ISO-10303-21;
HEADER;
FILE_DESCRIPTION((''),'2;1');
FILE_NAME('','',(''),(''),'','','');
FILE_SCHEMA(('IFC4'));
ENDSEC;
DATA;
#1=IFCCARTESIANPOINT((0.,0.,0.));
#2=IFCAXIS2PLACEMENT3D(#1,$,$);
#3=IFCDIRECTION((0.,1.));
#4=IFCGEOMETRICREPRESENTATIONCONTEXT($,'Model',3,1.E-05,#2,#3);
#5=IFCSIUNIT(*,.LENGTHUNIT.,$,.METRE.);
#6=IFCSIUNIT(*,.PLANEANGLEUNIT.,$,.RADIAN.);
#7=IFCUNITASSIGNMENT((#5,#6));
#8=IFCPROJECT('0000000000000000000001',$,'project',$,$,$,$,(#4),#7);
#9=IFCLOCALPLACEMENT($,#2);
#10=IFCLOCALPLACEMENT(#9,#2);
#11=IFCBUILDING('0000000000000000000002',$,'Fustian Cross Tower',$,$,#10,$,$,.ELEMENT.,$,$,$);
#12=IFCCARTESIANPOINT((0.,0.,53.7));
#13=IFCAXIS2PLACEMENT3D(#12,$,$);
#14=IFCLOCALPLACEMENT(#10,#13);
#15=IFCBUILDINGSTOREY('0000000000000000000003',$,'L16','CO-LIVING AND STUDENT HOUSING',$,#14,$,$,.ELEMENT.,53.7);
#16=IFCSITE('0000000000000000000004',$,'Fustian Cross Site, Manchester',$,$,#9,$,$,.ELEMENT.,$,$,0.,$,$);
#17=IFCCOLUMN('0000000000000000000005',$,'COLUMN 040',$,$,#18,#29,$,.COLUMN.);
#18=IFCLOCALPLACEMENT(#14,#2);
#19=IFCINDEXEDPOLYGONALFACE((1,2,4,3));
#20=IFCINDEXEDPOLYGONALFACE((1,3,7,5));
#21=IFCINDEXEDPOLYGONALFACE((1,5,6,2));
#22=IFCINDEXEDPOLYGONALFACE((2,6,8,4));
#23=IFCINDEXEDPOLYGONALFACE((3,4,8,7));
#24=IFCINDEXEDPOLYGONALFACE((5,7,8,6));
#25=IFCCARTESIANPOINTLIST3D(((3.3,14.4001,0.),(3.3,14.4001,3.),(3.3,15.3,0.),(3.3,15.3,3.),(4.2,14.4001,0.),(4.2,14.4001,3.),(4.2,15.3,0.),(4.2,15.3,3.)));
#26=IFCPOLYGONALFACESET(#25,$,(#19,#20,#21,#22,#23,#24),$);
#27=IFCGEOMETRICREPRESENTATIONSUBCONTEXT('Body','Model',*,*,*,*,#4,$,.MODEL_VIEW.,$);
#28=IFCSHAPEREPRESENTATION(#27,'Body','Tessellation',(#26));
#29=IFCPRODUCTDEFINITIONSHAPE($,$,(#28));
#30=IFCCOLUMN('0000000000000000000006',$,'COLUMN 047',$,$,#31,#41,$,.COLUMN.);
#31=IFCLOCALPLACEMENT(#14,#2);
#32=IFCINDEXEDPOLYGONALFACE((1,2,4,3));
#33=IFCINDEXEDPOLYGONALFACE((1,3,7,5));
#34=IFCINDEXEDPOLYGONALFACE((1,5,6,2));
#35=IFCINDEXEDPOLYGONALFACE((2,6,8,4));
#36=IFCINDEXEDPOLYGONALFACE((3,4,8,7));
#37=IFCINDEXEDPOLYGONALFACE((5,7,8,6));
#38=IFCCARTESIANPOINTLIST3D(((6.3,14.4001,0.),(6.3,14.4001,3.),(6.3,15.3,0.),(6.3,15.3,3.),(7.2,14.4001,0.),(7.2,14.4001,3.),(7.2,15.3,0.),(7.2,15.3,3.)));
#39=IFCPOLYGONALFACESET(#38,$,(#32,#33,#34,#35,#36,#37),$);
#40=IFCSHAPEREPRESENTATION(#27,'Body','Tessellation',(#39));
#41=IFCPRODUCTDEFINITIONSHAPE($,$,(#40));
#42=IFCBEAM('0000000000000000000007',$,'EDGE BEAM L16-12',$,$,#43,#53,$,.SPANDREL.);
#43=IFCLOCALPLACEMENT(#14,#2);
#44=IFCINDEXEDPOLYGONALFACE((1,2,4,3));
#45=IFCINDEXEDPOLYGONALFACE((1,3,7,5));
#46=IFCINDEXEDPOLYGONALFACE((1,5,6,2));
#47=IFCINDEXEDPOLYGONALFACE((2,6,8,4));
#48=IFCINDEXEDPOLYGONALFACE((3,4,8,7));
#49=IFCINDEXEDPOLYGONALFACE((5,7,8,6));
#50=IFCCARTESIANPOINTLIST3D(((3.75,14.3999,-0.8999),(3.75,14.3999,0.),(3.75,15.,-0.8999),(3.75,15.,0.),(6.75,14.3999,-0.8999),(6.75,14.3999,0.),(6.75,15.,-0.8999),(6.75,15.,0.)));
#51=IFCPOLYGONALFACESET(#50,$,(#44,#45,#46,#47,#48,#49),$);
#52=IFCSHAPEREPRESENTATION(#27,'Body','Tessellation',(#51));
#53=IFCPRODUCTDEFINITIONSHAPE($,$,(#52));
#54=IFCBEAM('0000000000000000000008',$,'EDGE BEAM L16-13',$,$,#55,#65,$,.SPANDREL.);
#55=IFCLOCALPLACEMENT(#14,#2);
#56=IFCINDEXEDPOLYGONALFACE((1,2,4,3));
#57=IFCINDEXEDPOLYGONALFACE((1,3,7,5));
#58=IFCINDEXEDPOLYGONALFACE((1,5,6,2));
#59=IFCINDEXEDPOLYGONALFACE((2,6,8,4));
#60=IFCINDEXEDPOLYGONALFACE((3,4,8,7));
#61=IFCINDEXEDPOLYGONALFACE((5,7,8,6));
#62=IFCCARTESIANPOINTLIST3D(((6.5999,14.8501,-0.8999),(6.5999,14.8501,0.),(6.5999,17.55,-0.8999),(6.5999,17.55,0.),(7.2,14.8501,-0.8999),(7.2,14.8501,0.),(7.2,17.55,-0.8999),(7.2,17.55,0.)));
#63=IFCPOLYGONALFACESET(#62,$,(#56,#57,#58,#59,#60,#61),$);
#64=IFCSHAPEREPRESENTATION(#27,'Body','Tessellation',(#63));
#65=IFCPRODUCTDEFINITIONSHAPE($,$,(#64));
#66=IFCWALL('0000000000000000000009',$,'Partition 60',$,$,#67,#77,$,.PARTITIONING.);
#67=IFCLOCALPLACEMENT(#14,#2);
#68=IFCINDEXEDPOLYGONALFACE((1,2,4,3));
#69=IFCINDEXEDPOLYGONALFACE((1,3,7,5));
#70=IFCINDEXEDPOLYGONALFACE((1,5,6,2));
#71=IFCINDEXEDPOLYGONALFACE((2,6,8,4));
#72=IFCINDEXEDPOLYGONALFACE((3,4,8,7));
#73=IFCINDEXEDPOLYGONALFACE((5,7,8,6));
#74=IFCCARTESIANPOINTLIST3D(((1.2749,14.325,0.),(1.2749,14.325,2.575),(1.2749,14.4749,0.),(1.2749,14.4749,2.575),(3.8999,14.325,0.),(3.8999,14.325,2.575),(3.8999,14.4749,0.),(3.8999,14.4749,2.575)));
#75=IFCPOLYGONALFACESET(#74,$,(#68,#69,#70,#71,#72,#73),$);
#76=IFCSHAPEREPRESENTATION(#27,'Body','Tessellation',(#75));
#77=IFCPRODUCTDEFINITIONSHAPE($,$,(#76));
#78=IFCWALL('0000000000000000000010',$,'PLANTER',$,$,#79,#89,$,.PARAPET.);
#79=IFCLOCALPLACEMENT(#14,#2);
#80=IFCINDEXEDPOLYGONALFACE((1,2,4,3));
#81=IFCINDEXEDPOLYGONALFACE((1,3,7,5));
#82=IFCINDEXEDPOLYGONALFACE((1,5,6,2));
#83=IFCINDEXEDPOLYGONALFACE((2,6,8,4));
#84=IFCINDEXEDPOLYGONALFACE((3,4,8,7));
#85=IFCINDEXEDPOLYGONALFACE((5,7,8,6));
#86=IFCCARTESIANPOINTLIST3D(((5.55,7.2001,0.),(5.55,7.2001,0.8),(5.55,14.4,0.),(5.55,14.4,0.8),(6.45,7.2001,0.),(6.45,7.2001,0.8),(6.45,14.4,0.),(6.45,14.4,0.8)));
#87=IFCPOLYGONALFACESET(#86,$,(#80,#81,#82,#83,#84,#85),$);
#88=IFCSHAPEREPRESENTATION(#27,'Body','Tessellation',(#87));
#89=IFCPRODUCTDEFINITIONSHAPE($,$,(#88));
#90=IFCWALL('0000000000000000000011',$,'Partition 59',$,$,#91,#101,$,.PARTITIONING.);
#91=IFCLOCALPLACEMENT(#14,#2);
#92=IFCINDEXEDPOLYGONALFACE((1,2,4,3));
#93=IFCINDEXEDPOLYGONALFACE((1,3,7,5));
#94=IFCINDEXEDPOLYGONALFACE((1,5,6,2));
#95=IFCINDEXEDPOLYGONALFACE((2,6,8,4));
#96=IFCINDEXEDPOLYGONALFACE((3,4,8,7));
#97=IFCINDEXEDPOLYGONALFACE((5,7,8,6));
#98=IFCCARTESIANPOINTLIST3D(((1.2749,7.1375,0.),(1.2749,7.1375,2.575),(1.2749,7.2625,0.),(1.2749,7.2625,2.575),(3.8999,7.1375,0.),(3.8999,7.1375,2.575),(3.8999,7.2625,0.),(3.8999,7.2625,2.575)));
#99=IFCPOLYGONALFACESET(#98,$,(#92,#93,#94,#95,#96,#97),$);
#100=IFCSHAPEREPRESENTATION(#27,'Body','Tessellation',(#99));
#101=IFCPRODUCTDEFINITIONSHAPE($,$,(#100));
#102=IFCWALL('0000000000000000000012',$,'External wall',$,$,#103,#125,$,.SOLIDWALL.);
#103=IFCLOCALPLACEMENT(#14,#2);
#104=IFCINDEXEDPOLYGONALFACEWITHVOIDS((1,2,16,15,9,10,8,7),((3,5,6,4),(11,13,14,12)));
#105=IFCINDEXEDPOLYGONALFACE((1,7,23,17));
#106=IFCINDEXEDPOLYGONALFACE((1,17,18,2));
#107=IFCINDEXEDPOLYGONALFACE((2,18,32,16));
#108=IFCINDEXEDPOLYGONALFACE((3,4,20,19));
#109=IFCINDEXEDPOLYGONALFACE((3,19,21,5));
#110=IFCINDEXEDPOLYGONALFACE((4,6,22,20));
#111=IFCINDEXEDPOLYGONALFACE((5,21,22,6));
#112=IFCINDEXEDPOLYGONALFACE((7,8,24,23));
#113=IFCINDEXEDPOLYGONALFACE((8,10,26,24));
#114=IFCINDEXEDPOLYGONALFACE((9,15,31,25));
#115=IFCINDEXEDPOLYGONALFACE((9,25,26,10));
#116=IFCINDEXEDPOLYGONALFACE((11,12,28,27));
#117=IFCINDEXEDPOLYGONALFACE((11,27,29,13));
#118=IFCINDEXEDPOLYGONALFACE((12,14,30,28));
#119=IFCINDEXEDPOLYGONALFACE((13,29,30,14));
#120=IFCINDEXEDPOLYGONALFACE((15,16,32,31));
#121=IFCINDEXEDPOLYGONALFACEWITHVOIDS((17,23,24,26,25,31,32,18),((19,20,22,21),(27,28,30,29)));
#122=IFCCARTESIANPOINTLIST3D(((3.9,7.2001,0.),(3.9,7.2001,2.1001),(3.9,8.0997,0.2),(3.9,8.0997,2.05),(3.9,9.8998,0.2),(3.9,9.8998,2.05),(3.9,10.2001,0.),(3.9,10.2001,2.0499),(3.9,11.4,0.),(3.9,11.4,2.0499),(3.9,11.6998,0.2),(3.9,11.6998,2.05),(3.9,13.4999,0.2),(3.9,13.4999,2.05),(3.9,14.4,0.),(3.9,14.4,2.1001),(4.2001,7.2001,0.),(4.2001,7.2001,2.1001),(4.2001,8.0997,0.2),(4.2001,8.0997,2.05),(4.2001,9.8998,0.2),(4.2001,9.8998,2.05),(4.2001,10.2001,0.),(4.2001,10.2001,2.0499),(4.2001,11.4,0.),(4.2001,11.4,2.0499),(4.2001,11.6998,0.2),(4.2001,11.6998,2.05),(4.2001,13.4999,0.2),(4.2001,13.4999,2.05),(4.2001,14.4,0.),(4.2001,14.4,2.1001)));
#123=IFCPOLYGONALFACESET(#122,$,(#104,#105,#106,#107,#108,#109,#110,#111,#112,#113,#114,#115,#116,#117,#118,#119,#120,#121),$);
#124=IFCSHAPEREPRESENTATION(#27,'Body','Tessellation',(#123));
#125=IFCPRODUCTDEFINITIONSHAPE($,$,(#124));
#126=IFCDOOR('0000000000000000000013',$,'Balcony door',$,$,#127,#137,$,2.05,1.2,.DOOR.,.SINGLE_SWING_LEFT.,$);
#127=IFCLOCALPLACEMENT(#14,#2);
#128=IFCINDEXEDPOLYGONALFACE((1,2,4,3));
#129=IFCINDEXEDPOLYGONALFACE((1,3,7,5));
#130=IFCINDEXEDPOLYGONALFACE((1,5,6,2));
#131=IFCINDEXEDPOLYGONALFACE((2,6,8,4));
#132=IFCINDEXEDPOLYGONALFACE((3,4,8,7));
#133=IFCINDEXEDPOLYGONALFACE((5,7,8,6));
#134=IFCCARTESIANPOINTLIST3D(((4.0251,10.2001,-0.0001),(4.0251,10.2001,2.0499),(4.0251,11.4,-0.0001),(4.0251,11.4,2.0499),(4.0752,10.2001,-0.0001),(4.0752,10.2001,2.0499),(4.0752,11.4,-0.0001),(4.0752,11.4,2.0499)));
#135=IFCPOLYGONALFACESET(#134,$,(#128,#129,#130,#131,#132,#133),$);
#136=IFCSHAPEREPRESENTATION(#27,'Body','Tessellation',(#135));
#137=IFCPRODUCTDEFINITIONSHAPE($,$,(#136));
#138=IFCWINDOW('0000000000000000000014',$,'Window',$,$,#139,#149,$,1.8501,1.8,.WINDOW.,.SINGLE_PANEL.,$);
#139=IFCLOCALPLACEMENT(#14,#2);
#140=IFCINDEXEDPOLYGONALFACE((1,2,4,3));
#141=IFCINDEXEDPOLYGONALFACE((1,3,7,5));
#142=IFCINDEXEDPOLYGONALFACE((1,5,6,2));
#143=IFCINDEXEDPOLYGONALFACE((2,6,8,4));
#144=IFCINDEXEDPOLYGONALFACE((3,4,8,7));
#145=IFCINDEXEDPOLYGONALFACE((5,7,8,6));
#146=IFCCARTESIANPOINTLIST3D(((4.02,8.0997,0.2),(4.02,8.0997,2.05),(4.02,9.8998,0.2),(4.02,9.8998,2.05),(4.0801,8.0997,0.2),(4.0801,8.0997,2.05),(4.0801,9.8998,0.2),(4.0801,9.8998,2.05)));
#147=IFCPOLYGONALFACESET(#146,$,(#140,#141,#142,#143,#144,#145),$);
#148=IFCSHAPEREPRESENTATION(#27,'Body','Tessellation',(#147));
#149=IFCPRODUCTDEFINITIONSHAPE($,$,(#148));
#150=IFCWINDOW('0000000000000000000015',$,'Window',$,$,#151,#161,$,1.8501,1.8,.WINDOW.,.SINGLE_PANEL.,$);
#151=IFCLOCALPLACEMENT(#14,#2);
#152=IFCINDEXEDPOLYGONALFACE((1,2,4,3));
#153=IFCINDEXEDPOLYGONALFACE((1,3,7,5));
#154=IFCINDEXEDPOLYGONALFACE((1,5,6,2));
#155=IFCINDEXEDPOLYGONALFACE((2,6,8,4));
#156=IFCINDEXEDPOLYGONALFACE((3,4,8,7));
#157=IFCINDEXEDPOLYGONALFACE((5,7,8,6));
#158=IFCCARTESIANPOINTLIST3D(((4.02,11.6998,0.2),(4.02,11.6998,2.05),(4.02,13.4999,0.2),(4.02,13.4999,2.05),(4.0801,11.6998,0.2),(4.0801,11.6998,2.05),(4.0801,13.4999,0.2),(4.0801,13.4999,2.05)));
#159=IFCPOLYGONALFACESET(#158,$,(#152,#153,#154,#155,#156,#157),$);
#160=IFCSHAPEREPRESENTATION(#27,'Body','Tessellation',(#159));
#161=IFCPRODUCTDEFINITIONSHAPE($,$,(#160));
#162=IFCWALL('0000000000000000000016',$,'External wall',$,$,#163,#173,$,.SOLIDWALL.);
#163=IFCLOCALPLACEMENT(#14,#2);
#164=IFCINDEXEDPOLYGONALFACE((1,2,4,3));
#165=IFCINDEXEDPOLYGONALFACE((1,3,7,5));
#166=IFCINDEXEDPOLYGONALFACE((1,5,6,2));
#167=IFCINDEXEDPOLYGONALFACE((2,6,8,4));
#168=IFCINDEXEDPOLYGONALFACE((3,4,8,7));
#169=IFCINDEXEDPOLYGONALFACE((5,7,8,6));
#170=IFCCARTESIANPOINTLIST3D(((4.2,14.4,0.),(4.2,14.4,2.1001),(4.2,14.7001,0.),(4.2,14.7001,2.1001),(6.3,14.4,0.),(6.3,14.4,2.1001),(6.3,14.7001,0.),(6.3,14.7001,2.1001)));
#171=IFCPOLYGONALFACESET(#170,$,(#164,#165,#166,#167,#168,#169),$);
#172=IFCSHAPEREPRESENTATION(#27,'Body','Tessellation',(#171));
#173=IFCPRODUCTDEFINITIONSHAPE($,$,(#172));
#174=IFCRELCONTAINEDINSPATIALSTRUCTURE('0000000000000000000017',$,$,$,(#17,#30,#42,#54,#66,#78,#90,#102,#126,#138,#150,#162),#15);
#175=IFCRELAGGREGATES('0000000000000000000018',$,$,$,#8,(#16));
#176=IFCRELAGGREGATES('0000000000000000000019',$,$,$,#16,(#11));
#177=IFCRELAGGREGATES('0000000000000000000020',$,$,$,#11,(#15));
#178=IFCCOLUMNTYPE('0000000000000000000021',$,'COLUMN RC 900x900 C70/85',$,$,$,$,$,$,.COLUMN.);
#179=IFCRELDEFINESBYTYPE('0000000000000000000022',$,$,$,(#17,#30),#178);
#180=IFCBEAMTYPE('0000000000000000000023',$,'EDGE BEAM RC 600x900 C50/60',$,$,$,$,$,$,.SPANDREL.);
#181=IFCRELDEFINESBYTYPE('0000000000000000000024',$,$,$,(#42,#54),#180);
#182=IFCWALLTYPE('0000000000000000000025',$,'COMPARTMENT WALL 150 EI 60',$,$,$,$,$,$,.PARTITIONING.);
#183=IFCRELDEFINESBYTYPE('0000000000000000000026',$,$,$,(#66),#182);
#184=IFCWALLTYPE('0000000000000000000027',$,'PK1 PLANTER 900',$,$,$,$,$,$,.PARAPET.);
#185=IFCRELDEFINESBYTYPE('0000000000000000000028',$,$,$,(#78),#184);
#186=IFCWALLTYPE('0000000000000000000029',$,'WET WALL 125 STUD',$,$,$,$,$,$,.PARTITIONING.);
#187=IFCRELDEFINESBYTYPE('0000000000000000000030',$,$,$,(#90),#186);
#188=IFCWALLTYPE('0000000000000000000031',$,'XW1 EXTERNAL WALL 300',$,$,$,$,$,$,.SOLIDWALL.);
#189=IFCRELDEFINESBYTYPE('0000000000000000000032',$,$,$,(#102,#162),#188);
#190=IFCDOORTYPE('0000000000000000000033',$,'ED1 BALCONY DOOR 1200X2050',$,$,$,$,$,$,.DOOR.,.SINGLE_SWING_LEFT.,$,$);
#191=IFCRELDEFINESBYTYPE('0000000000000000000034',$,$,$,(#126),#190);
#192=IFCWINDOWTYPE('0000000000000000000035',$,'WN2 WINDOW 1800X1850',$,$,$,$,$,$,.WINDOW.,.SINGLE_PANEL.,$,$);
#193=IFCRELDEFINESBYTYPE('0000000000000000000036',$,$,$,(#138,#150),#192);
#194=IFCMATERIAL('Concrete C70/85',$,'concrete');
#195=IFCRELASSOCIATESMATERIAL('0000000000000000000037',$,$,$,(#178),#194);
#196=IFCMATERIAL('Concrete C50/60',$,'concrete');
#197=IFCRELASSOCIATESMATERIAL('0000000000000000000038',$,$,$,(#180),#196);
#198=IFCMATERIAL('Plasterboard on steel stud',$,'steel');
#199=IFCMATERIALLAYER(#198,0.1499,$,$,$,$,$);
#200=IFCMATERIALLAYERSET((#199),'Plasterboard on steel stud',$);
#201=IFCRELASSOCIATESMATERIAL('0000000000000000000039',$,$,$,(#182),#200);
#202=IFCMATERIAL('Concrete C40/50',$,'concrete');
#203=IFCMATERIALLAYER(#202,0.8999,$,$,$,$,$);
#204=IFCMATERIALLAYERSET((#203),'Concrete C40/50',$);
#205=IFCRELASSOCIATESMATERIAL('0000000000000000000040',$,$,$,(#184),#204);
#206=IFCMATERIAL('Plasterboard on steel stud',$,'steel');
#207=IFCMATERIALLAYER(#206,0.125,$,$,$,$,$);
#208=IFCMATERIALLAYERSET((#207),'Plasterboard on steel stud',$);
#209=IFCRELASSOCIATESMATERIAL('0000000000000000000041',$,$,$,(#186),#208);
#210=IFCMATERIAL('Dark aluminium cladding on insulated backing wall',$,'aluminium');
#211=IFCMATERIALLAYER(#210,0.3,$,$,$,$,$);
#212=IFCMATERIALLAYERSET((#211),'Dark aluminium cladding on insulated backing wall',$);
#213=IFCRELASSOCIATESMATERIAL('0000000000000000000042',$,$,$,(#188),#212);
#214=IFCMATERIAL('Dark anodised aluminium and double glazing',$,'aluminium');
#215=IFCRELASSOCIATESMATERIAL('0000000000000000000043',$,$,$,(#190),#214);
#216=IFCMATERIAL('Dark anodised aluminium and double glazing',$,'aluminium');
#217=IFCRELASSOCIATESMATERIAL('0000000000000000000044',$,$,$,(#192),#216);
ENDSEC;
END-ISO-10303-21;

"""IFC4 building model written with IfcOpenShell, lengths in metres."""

from ifc_helpers import new_model, si_unit, direction, frame, frame_2d, origin, origin_2d, place, context, subcontext, project, spatial, rectangle, extrude, material, layer, layer_set, material_profile, profile_set, type_object, element, fill, save


model = new_model("IFC4")

# Units and contexts
model_context = context("Model", 3, precision=1e-05, world=origin(), true_north=direction((0.0, 1.0)))
body_context = subcontext(model_context, "Body", "Model", "MODEL_VIEW")
ifc_project = project(units=[si_unit("LENGTHUNIT", "METRE"), si_unit("PLANEANGLEUNIT", "RADIAN")], contexts=[model_context])

# Site, building, storey
site_placement = place(None, origin())
site = spatial("IfcSite", under=ifc_project, at=site_placement, Name="Fustian Cross Site, Manchester", CompositionType="ELEMENT", RefElevation=0.0)
building_placement = place(site_placement, origin())
building = spatial("IfcBuilding", under=site, at=building_placement, Name="Fustian Cross Tower", CompositionType="ELEMENT")
storey_placement = place(building_placement, frame((0.0, 0.0, 53.7)))
storey = spatial("IfcBuildingStorey", under=building, at=storey_placement, Name="L16", Description="CO-LIVING AND STUDENT HOUSING", CompositionType="ELEMENT", Elevation=53.7)

# Columns
ifc_material_1 = material(Name="Concrete C70/85", Category="concrete")
ifc_material_profile_1 = material_profile(ifc_material_1, rectangle(XDim=0.8999, YDim=0.8999, at=origin_2d()), Name="RC 900x900")
ifc_profile_set_1 = profile_set([ifc_material_profile_1], Name="Concrete C70/85")
column_type = type_object("IfcColumnType", Name="COLUMN RC 900x900 C70/85", PredefinedType="COLUMN", material=ifc_profile_set_1)
for number, where, z_axis, x_axis, name in (
    (1, (3.75, 14.8501, 0.0), (0.0, 0.0, 1.0), (1.0, 0.0, 0.0), "COLUMN 040"),
    (2, (6.75, 14.8501, 0.0), (0.0, 0.0, 1.0), (1.0, 0.0, 0.0), "COLUMN 047"),
):
    element("IfcColumn", number, at=place(storey_placement, frame(where, z_axis=z_axis, x_axis=x_axis)), inside=storey, type_object=column_type, Name=name, PredefinedType="COLUMN", context=body_context, shape_type="SweptSolid", body=[
        extrude(rectangle(XDim=0.8999, YDim=0.8999, at=origin_2d()), origin(), (0.0, 0.0, 1.0), 3.0),
    ])

# Beams
ifc_material_2 = material(Name="Concrete C50/60", Category="concrete")
ifc_material_profile_2 = material_profile(ifc_material_2, rectangle(XDim=0.6001, YDim=0.8999, at=origin_2d()), Name="RC 600x900")
ifc_profile_set_2 = profile_set([ifc_material_profile_2], Name="Concrete C50/60")
beam_type = type_object("IfcBeamType", Name="EDGE BEAM RC 600x900 C50/60", PredefinedType="SPANDREL", material=ifc_profile_set_2)
beam_1_placement = place(storey_placement, frame((3.75, 14.7, -0.45), z_axis=(1.0, 0.0, 0.0), x_axis=(0.0, 1.0, 0.0)))
element("IfcBeam", 3, at=beam_1_placement, inside=storey, type_object=beam_type, Name="EDGE BEAM L16-12", PredefinedType="SPANDREL", context=body_context, shape_type="SweptSolid", body=[
    extrude(rectangle(XDim=0.6001, YDim=0.8999, at=origin_2d()), origin(), (0.0, 0.0, 1.0), 3.0),
])
beam_2_placement = place(storey_placement, frame((6.8999, 14.8501, -0.45), z_axis=(0.0, 1.0, 0.0), x_axis=(-1.0, 0.0, 0.0)))
element("IfcBeam", 4, at=beam_2_placement, inside=storey, type_object=beam_type, Name="EDGE BEAM L16-13", PredefinedType="SPANDREL", context=body_context, shape_type="SweptSolid", body=[
    extrude(rectangle(XDim=0.6001, YDim=0.8999, at=origin_2d()), origin(), (0.0, 0.0, 1.0), 2.7),
])

# Walls
ifc_material_3 = material(Name="Plasterboard on steel stud", Category="steel")
ifc_layer_1 = layer(ifc_material_3, 0.1499)
ifc_layer_set_1 = layer_set([ifc_layer_1], Name="Plasterboard on steel stud")
wall_type_1 = type_object("IfcWallType", Name="COMPARTMENT WALL 150 EI 60", PredefinedType="PARTITIONING", material=ifc_layer_set_1)
wall_1_placement = place(storey_placement, frame((1.2749, 14.3999, 0.0), z_axis=(0.0, 0.0, 1.0), x_axis=(1.0, 0.0, 0.0)))
element("IfcWall", 5, at=wall_1_placement, inside=storey, type_object=wall_type_1, Name="Partition 60", PredefinedType="PARTITIONING", context=body_context, shape_type="SweptSolid", body=[
    extrude(rectangle(XDim=2.625, YDim=0.1499, at=frame_2d((1.3125, 0.0))), origin(), (0.0, 0.0, 1.0), 2.575),
])
ifc_material_4 = material(Name="Concrete C40/50", Category="concrete")
ifc_layer_2 = layer(ifc_material_4, 0.8999)
ifc_layer_set_2 = layer_set([ifc_layer_2], Name="Concrete C40/50")
wall_type_2 = type_object("IfcWallType", Name="PK1 PLANTER 900", PredefinedType="PARAPET", material=ifc_layer_set_2)
wall_2_placement = place(storey_placement, frame((6.0, 7.2, 0.0), z_axis=(0.0, 0.0, 1.0), x_axis=(0.0, 1.0, 0.0)))
element("IfcWall", 6, at=wall_2_placement, inside=storey, type_object=wall_type_2, Name="PLANTER", PredefinedType="PARAPET", context=body_context, shape_type="SweptSolid", body=[
    extrude(rectangle(XDim=7.2, YDim=0.8999, at=frame_2d((3.6001, 0.0))), origin(), (0.0, 0.0, 1.0), 0.8),
])
ifc_material_5 = material(Name="Plasterboard on steel stud", Category="steel")
ifc_layer_3 = layer(ifc_material_5, 0.125)
ifc_layer_set_3 = layer_set([ifc_layer_3], Name="Plasterboard on steel stud")
wall_type_3 = type_object("IfcWallType", Name="WET WALL 125 STUD", PredefinedType="PARTITIONING", material=ifc_layer_set_3)
wall_3_placement = place(storey_placement, frame((1.2749, 7.2, 0.0), z_axis=(0.0, 0.0, 1.0), x_axis=(1.0, 0.0, 0.0)))
element("IfcWall", 7, at=wall_3_placement, inside=storey, type_object=wall_type_3, Name="Partition 59", PredefinedType="PARTITIONING", context=body_context, shape_type="SweptSolid", body=[
    extrude(rectangle(XDim=2.625, YDim=0.125, at=frame_2d((1.3125, 0.0))), origin(), (0.0, 0.0, 1.0), 2.575),
])

# Wall, openings, door, windows
ifc_material_6 = material(Name="Dark aluminium cladding on insulated backing wall", Category="aluminium")
ifc_layer_4 = layer(ifc_material_6, 0.3)
ifc_layer_set_4 = layer_set([ifc_layer_4], Name="Dark aluminium cladding on insulated backing wall")
wall_type_4 = type_object("IfcWallType", Name="XW1 EXTERNAL WALL 300", PredefinedType="SOLIDWALL", material=ifc_layer_set_4)
wall_4_placement = place(storey_placement, frame((4.05, 7.2, 0.0), z_axis=(0.0, 0.0, 1.0), x_axis=(0.0, 1.0, 0.0)))
wall_4 = element("IfcWall", 8, at=wall_4_placement, inside=storey, type_object=wall_type_4, Name="External wall", PredefinedType="SOLIDWALL", context=body_context, shape_type="SweptSolid", body=[
    extrude(rectangle(XDim=7.2, YDim=0.3, at=frame_2d((3.6001, 0.0))), origin(), (0.0, 0.0, 1.0), 2.1001),
])
opening_1_placement = place(wall_4_placement, frame((3.0, 0.0, 0.0)))
opening_1 = element("IfcOpeningElement", 9, at=opening_1_placement, cuts=wall_4, PredefinedType="OPENING", context=body_context, shape_type="SweptSolid", body=[
    extrude(rectangle(XDim=1.2, YDim=2.05, at=frame_2d((0.6001, 1.0249))), frame((0.0, 0.1599, 0.0), z_axis=(0.0, -1.0, 0.0), x_axis=(1.0, 0.0, 0.0)), (0.0, 0.0, 1.0), 0.3201),
])
opening_2_placement = place(wall_4_placement, frame((0.8999, 0.0, 0.2)))
opening_2 = element("IfcOpeningElement", 10, at=opening_2_placement, cuts=wall_4, PredefinedType="OPENING", context=body_context, shape_type="SweptSolid", body=[
    extrude(rectangle(XDim=1.8, YDim=1.8501, at=frame_2d((0.8999, 0.925))), frame((0.0, 0.1599, 0.0), z_axis=(0.0, -1.0, 0.0), x_axis=(1.0, 0.0, 0.0)), (0.0, 0.0, 1.0), 0.3201),
])
opening_3_placement = place(wall_4_placement, frame((4.5, 0.0, 0.2)))
opening_3 = element("IfcOpeningElement", 11, at=opening_3_placement, cuts=wall_4, PredefinedType="OPENING", context=body_context, shape_type="SweptSolid", body=[
    extrude(rectangle(XDim=1.8, YDim=1.8501, at=frame_2d((0.8999, 0.925))), frame((0.0, 0.1599, 0.0), z_axis=(0.0, -1.0, 0.0), x_axis=(1.0, 0.0, 0.0)), (0.0, 0.0, 1.0), 0.3201),
])
ifc_material_7 = material(Name="Dark anodised aluminium and double glazing", Category="aluminium")
door_type = type_object("IfcDoorType", Name="ED1 BALCONY DOOR 1200X2050", OperationType="SINGLE_SWING_LEFT", PredefinedType="DOOR", material=ifc_material_7)
door_placement = place(opening_1_placement, origin())
door = element("IfcDoor", 12, at=door_placement, inside=storey, type_object=door_type, Name="Balcony door", OperationType="SINGLE_SWING_LEFT", OverallHeight=2.05, OverallWidth=1.2, PredefinedType="DOOR", context=body_context, shape_type="SweptSolid", body=[
    extrude(rectangle(XDim=1.2, YDim=2.05, at=frame_2d((0.6001, 1.0249))), frame((0.0, 0.0249, 0.0), z_axis=(0.0, -1.0, 0.0), x_axis=(1.0, 0.0, 0.0)), (0.0, 0.0, 1.0), 0.05),
])
fill(opening_1, door)
ifc_material_8 = material(Name="Dark anodised aluminium and double glazing", Category="aluminium")
window_type = type_object("IfcWindowType", Name="WN2 WINDOW 1800X1850", PartitioningType="SINGLE_PANEL", PredefinedType="WINDOW", material=ifc_material_8)
window_1_placement = place(opening_2_placement, origin())
window_1 = element("IfcWindow", 13, at=window_1_placement, inside=storey, type_object=window_type, Name="Window", OverallHeight=1.8501, OverallWidth=1.8, PartitioningType="SINGLE_PANEL", PredefinedType="WINDOW", context=body_context, shape_type="SweptSolid", body=[
    extrude(rectangle(XDim=1.8, YDim=1.8501, at=frame_2d((0.8999, 0.925))), frame((0.0, 0.03, 0.0), z_axis=(0.0, -1.0, 0.0), x_axis=(1.0, 0.0, 0.0)), (0.0, 0.0, 1.0), 0.0601),
])
fill(opening_2, window_1)
window_2_placement = place(opening_3_placement, origin())
window_2 = element("IfcWindow", 14, at=window_2_placement, inside=storey, type_object=window_type, Name="Window", OverallHeight=1.8501, OverallWidth=1.8, PartitioningType="SINGLE_PANEL", PredefinedType="WINDOW", context=body_context, shape_type="SweptSolid", body=[
    extrude(rectangle(XDim=1.8, YDim=1.8501, at=frame_2d((0.8999, 0.925))), frame((0.0, 0.03, 0.0), z_axis=(0.0, -1.0, 0.0), x_axis=(1.0, 0.0, 0.0)), (0.0, 0.0, 1.0), 0.0601),
])
fill(opening_3, window_2)

# Wall
wall_5_placement = place(storey_placement, frame((4.2, 14.55, 0.0), z_axis=(0.0, 0.0, 1.0), x_axis=(1.0, 0.0, 0.0)))
element("IfcWall", 15, at=wall_5_placement, inside=storey, type_object=wall_type_4, Name="External wall", PredefinedType="SOLIDWALL", context=body_context, shape_type="SweptSolid", body=[
    extrude(rectangle(XDim=2.1001, YDim=0.3, at=frame_2d((1.05, 0.0))), origin(), (0.0, 0.0, 1.0), 2.1001),
])

save(model, "model.ifc")
